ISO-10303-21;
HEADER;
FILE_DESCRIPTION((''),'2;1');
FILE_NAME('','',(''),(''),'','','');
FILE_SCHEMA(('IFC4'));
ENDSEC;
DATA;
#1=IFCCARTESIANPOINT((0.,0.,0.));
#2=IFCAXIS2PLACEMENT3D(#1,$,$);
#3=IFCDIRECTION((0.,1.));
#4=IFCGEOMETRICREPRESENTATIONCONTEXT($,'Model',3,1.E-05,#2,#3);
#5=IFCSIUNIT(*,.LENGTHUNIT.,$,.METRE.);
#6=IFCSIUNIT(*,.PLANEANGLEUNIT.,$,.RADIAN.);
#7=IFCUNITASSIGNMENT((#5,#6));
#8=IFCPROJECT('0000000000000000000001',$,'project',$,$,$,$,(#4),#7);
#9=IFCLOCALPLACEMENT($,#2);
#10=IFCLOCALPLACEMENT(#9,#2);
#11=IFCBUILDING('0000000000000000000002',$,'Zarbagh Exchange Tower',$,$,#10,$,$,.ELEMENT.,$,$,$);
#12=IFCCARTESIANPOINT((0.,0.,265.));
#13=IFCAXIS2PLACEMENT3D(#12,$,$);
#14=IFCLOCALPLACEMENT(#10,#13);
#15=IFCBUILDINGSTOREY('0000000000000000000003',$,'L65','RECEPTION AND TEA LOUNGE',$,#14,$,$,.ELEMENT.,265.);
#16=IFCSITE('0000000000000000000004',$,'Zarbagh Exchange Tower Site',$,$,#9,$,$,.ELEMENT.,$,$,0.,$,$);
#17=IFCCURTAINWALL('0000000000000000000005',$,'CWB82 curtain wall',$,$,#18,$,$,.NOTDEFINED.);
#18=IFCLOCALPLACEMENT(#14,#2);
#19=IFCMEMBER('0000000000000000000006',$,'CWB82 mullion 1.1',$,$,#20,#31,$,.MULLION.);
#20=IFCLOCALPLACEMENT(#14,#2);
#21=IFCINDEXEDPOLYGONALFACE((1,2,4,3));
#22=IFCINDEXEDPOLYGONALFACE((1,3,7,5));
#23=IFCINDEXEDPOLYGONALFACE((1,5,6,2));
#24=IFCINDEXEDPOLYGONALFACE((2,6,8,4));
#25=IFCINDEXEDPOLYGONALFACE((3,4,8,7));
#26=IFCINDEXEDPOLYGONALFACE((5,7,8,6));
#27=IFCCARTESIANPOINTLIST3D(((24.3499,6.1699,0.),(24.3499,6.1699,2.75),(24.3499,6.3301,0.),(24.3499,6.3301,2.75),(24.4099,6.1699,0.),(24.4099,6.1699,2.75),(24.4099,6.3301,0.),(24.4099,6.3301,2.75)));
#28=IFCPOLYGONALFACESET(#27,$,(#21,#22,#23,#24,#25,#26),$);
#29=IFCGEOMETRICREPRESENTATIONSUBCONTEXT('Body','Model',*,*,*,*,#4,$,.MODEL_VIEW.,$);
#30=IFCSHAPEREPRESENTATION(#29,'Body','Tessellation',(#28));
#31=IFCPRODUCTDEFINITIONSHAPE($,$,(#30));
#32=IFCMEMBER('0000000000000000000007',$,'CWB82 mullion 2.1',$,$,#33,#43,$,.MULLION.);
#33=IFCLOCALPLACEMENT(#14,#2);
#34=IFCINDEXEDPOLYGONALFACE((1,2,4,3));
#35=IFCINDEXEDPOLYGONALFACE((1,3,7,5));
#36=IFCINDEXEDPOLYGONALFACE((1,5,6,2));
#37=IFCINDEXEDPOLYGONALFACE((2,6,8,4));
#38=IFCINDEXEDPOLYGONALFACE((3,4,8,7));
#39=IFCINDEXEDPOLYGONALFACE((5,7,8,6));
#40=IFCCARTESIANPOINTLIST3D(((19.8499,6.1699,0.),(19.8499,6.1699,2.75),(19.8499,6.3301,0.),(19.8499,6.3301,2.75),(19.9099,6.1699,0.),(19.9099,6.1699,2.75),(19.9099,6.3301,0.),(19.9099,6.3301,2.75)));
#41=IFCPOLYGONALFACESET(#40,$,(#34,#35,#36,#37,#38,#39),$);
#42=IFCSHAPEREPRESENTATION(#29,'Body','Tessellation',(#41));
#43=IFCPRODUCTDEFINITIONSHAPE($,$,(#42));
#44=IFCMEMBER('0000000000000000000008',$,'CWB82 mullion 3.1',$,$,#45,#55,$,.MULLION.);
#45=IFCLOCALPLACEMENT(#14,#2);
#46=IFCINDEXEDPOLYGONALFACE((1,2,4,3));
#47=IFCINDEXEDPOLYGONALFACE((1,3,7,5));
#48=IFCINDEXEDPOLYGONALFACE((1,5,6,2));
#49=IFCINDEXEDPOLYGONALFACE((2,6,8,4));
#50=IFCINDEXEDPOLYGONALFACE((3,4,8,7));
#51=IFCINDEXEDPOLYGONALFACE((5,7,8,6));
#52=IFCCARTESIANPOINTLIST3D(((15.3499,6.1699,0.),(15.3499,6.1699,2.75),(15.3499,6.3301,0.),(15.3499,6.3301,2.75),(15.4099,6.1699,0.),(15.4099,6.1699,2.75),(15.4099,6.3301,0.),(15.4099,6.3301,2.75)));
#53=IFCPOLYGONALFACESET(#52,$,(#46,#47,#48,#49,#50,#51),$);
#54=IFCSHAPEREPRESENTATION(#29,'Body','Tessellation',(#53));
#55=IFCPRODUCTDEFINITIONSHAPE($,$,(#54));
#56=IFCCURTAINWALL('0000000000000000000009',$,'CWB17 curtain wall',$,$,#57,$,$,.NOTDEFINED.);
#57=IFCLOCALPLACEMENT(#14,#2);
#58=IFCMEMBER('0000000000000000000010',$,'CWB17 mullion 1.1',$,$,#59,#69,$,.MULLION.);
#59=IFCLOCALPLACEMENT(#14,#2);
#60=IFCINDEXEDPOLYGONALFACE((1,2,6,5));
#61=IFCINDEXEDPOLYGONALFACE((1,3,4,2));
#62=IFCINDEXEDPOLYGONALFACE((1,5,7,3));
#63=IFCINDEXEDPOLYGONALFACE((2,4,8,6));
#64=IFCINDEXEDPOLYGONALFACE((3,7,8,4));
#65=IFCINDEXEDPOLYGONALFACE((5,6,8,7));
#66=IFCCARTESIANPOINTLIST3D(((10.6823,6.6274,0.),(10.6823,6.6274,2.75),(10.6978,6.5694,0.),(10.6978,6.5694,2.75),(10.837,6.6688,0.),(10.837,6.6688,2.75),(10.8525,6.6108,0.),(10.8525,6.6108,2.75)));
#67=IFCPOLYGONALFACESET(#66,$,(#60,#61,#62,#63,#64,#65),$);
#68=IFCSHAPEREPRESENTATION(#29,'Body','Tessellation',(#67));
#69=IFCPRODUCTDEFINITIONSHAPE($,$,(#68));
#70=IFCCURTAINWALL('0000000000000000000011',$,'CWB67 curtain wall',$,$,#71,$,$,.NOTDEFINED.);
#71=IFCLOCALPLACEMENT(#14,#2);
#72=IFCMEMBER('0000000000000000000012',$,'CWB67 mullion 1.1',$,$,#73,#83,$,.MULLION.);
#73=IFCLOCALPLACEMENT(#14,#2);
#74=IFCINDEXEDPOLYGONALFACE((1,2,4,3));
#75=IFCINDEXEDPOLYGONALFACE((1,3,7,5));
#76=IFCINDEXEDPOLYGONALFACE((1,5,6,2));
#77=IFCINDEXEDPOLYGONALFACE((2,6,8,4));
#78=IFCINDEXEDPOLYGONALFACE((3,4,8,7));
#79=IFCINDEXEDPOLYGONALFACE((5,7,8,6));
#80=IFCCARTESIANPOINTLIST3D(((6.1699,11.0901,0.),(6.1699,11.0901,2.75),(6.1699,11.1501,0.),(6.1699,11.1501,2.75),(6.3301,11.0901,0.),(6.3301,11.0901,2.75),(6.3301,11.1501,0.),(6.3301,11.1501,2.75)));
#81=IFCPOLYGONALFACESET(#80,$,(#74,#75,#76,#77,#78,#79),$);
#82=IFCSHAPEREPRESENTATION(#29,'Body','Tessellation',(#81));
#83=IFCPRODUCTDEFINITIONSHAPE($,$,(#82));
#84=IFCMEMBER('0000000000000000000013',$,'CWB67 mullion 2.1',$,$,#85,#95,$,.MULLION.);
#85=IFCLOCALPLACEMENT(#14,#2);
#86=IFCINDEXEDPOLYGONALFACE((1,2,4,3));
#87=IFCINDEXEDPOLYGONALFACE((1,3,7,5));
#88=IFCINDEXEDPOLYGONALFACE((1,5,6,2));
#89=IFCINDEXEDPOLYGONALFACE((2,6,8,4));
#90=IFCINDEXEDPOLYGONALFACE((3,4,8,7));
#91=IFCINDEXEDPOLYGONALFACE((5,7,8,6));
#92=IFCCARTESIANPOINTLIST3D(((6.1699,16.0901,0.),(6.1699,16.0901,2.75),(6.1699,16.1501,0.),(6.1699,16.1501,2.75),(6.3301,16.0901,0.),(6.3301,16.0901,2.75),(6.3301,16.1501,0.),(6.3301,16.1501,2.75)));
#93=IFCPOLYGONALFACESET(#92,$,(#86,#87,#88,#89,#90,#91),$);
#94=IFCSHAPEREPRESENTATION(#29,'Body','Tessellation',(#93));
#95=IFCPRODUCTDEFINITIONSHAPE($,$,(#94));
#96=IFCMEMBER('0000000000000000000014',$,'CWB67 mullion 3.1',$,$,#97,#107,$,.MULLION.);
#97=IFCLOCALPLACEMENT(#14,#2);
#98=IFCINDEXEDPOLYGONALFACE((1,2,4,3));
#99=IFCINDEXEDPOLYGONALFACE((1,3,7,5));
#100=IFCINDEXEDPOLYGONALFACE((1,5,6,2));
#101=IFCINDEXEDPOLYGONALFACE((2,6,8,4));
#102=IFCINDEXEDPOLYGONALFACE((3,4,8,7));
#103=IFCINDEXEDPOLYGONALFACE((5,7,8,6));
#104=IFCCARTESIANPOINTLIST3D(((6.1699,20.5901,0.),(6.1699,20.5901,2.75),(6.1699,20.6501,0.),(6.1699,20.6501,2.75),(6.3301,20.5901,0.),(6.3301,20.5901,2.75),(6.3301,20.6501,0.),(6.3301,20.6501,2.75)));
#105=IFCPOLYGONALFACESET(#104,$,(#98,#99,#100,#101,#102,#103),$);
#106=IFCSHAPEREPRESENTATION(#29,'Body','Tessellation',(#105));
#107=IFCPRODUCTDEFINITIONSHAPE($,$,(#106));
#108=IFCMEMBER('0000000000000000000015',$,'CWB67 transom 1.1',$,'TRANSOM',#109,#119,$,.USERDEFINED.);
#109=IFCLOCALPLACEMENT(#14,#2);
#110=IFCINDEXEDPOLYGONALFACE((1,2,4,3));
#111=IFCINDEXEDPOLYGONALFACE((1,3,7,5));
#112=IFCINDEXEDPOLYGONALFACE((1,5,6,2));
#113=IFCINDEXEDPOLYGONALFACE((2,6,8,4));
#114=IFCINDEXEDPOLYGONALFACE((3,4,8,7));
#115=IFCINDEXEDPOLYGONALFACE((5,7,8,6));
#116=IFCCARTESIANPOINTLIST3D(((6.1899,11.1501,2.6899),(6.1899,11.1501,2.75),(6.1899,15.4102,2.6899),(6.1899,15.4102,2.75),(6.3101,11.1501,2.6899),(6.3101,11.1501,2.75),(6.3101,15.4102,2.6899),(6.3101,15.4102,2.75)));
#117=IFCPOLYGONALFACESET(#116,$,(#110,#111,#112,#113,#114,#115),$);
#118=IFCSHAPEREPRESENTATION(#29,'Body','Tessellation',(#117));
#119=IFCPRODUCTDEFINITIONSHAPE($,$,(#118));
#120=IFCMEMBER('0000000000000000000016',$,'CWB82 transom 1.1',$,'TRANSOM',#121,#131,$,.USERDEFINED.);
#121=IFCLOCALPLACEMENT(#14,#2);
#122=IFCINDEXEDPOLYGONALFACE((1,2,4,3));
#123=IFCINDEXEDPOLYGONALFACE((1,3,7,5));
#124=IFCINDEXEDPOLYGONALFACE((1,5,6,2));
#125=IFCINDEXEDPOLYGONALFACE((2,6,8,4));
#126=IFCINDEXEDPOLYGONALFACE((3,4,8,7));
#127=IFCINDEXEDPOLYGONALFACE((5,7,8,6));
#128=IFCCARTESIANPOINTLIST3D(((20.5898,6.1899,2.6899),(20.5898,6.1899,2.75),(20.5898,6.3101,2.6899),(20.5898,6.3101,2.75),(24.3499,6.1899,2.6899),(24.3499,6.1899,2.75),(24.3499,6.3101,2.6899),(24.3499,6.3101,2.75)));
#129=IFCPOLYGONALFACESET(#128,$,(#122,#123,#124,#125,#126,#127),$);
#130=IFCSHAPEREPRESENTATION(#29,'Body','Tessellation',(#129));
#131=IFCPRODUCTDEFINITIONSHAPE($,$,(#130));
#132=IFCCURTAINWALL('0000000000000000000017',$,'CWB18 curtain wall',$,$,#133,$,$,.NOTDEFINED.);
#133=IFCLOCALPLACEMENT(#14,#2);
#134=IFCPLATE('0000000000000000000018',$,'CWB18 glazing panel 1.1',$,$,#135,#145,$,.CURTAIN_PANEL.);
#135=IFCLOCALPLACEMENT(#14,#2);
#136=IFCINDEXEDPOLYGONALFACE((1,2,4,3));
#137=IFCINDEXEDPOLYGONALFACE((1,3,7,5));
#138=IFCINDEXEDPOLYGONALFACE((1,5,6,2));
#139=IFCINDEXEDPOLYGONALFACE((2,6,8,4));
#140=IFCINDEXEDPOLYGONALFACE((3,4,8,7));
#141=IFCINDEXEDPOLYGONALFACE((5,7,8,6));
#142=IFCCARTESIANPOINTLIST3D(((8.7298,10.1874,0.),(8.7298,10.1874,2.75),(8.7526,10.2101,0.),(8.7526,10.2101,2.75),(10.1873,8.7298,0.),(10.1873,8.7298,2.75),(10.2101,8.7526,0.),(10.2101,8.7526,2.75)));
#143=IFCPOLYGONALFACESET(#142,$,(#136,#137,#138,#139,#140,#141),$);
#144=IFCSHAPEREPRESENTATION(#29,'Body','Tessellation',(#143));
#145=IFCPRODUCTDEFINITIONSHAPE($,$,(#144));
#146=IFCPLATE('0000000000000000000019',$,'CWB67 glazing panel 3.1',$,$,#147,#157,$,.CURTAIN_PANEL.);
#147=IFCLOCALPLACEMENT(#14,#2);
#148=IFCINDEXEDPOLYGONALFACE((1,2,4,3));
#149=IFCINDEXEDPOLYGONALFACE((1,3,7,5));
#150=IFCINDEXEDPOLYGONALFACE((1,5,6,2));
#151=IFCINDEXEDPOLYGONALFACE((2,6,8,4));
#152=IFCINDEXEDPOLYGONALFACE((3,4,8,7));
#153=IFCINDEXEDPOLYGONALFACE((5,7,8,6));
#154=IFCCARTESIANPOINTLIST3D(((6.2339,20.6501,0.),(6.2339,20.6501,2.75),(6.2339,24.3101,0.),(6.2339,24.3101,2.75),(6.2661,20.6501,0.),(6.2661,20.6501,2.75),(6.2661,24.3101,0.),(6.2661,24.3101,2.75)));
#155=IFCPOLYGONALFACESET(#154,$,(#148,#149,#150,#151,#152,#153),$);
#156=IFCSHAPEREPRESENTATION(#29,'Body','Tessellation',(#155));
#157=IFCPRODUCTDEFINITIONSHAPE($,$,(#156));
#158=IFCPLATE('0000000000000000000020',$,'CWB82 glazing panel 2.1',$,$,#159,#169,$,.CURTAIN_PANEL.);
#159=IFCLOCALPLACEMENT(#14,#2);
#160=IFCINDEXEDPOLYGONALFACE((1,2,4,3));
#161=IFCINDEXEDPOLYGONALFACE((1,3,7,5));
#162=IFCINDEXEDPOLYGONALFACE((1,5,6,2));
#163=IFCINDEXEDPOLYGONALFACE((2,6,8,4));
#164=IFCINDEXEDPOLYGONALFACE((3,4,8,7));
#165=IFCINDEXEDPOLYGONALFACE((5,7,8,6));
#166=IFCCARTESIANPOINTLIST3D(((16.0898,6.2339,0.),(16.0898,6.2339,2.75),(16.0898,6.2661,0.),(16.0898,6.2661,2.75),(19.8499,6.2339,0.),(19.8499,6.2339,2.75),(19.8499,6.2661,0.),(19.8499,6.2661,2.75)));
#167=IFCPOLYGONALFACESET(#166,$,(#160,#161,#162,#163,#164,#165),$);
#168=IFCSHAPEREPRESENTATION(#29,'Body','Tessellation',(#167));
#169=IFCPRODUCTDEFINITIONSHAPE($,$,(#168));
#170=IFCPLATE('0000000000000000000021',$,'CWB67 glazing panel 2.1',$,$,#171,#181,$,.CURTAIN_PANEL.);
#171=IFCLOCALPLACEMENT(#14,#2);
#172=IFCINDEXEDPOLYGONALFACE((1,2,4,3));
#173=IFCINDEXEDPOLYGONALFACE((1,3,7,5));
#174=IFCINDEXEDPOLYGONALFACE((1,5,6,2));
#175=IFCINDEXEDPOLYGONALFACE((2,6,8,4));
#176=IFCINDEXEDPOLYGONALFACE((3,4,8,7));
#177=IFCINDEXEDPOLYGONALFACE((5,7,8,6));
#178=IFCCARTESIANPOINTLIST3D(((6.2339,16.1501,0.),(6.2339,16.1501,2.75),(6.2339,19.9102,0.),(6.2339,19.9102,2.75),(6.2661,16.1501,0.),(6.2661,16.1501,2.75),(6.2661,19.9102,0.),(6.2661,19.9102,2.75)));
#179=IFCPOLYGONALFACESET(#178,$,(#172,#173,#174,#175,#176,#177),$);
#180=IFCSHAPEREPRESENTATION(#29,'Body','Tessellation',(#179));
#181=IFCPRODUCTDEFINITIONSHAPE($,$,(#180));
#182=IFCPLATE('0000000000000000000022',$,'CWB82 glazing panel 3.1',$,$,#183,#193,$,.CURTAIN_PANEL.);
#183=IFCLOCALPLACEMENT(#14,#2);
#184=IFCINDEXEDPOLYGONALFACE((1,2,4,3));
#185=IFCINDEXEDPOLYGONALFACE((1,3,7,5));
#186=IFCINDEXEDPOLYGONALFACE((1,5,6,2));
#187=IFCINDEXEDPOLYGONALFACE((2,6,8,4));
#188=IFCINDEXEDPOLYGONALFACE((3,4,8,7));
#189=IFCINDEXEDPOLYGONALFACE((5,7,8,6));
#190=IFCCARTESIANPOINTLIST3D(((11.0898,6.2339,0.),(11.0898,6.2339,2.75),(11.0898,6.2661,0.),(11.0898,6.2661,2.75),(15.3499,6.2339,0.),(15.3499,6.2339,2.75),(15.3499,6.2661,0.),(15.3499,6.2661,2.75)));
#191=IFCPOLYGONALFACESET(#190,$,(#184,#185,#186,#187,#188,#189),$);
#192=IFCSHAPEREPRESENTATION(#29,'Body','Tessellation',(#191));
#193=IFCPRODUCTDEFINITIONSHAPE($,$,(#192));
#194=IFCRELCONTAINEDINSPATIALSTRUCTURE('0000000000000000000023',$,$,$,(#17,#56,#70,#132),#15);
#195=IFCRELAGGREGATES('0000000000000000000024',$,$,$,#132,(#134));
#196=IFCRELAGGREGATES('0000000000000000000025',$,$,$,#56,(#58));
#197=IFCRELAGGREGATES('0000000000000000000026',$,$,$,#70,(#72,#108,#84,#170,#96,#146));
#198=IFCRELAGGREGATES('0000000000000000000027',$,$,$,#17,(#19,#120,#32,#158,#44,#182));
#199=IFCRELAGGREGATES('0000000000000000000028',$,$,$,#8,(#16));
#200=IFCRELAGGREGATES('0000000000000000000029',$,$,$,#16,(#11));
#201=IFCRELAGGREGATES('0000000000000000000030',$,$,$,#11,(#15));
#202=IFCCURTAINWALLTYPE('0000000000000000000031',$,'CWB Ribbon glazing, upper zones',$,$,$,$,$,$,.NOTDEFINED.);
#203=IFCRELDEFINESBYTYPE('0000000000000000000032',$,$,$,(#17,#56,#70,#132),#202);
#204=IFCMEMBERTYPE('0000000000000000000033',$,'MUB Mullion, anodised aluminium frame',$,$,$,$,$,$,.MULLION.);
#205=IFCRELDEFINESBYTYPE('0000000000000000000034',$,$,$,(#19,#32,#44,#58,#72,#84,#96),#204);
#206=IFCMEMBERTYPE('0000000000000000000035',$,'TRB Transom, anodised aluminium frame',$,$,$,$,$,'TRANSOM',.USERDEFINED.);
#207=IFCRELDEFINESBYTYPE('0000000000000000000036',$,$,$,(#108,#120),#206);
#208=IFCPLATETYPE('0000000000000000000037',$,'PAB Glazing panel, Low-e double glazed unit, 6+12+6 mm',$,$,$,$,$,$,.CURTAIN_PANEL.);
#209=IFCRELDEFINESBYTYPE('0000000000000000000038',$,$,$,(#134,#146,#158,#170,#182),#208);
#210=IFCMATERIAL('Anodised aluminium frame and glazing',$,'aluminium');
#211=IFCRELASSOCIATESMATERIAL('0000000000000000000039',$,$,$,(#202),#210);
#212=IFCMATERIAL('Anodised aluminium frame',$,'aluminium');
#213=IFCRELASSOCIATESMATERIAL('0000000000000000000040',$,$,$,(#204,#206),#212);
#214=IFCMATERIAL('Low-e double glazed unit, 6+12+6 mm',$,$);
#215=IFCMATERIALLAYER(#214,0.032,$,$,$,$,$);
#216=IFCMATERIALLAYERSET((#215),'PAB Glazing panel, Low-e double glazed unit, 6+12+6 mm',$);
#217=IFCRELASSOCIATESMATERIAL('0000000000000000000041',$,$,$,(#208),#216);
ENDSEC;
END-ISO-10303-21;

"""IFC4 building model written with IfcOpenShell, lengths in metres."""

from ifc_helpers import new_model, si_unit, direction, frame, origin, place, context, subcontext, project, spatial, polyline, outline, extrude, source, transform, mapped, material, layer, layer_set, type_object, element, aggregate, save


model = new_model("IFC4")

# Units and contexts
model_context = context("Model", 3, precision=1e-05, world=origin(), true_north=direction((0.0, 1.0)))
body_context = subcontext(model_context, "Body", "Model", "MODEL_VIEW")
ifc_project = project(units=[si_unit("LENGTHUNIT", "METRE"), si_unit("PLANEANGLEUNIT", "RADIAN")], contexts=[model_context])

# Site, building, storey
site_placement = place(None, origin())
site = spatial("IfcSite", under=ifc_project, at=site_placement, Name="Zarbagh Exchange Tower Site", CompositionType="ELEMENT", RefElevation=0.0)
building_placement = place(site_placement, origin())
building = spatial("IfcBuilding", under=site, at=building_placement, Name="Zarbagh Exchange Tower", CompositionType="ELEMENT")
storey_placement = place(building_placement, frame((0.0, 0.0, 265.0)))
storey = spatial("IfcBuildingStorey", under=building, at=storey_placement, Name="L65", Description="RECEPTION AND TEA LOUNGE", CompositionType="ELEMENT", Elevation=265.0)

# Curtain wall, members
ifc_material_1 = material(Name="Anodised aluminium frame and glazing", Category="aluminium")
curtain_wall_type = type_object("IfcCurtainWallType", Name="CWB Ribbon glazing, upper zones", PredefinedType="NOTDEFINED", material=ifc_material_1)
curtain_wall_1_placement = place(storey_placement, origin())
curtain_wall_1 = element("IfcCurtainWall", 1, at=curtain_wall_1_placement, inside=storey, type_object=curtain_wall_type, Name="CWB82 curtain wall", PredefinedType="NOTDEFINED")
ifc_material_2 = material(Name="Anodised aluminium frame", Category="aluminium")
member_type_1 = type_object("IfcMemberType", Name="MUB Mullion, anodised aluminium frame", PredefinedType="MULLION", material=ifc_material_2)
shared_shape_1 = source(origin(), body_context, "Body", "SweptSolid", [
    extrude(outline(polyline([(0.0, -0.0801), (0.0601, -0.0801), (0.0601, 0.0801), (0.0, 0.0801), (0.0, -0.0801)])), origin(), (0.0, 0.0, 1.0), 2.75),
])
placement = place(storey_placement, origin())
member_1 = element("IfcMember", 2, at=placement, type_object=member_type_1, Name="CWB82 mullion 1.1", PredefinedType="MULLION", context=body_context, shape_type="MappedRepresentation", body=[
    mapped(shared_shape_1, transform((24.4099, 6.25, 0.0), x_axis=(-1.0, 0.0, 0.0), y_axis=(0.0, -1.0, 0.0), z_axis=(0.0, 0.0, 1.0))),
])
member_2 = element("IfcMember", 3, at=placement, type_object=member_type_1, Name="CWB82 mullion 2.1", PredefinedType="MULLION", context=body_context, shape_type="MappedRepresentation", body=[
    mapped(shared_shape_1, transform((19.9099, 6.25, 0.0), x_axis=(-1.0, 0.0, 0.0), y_axis=(0.0, -1.0, 0.0), z_axis=(0.0, 0.0, 1.0))),
])
member_3 = element("IfcMember", 4, at=placement, type_object=member_type_1, Name="CWB82 mullion 3.1", PredefinedType="MULLION", context=body_context, shape_type="MappedRepresentation", body=[
    mapped(shared_shape_1, transform((15.4099, 6.25, 0.0), x_axis=(-1.0, 0.0, 0.0), y_axis=(0.0, -1.0, 0.0), z_axis=(0.0, 0.0, 1.0))),
])

# Curtain wall, member
curtain_wall_2_placement = place(storey_placement, origin())
curtain_wall_2 = element("IfcCurtainWall", 5, at=curtain_wall_2_placement, inside=storey, type_object=curtain_wall_type, Name="CWB17 curtain wall", PredefinedType="NOTDEFINED")
member_4 = element("IfcMember", 6, at=placement, type_object=member_type_1, Name="CWB17 mullion 1.1", PredefinedType="MULLION", context=body_context, shape_type="MappedRepresentation", body=[
    mapped(shared_shape_1, transform((10.7751, 6.5901, 0.0), x_axis=(-0.258825, 0.965924, 0.0), y_axis=(-0.965924, -0.258825, 0.0), z_axis=(0.0, 0.0, 1.0))),
])

# Curtain wall, members
curtain_wall_3_placement = place(storey_placement, origin())
curtain_wall_3 = element("IfcCurtainWall", 7, at=curtain_wall_3_placement, inside=storey, type_object=curtain_wall_type, Name="CWB67 curtain wall", PredefinedType="NOTDEFINED")
member_5 = element("IfcMember", 8, at=placement, type_object=member_type_1, Name="CWB67 mullion 1.1", PredefinedType="MULLION", context=body_context, shape_type="MappedRepresentation", body=[
    mapped(shared_shape_1, transform((6.25, 11.0901, 0.0), x_axis=(0.0, 1.0, 0.0), y_axis=(-1.0, 0.0, 0.0), z_axis=(0.0, 0.0, 1.0))),
])
member_6 = element("IfcMember", 9, at=placement, type_object=member_type_1, Name="CWB67 mullion 2.1", PredefinedType="MULLION", context=body_context, shape_type="MappedRepresentation", body=[
    mapped(shared_shape_1, transform((6.25, 16.0901, 0.0), x_axis=(0.0, 1.0, 0.0), y_axis=(-1.0, 0.0, 0.0), z_axis=(0.0, 0.0, 1.0))),
])
member_7 = element("IfcMember", 10, at=placement, type_object=member_type_1, Name="CWB67 mullion 3.1", PredefinedType="MULLION", context=body_context, shape_type="MappedRepresentation", body=[
    mapped(shared_shape_1, transform((6.25, 20.5901, 0.0), x_axis=(0.0, 1.0, 0.0), y_axis=(-1.0, 0.0, 0.0), z_axis=(0.0, 0.0, 1.0))),
])
member_type_2 = type_object("IfcMemberType", Name="TRB Transom, anodised aluminium frame", ElementType="TRANSOM", PredefinedType="USERDEFINED", material=ifc_material_2)
shared_shape_2 = source(origin(), body_context, "Body", "SweptSolid", [
    extrude(outline(polyline([(-0.0601, -0.0601), (0.0, -0.0601), (0.0, 0.0601), (-0.0601, 0.0601), (-0.0601, -0.0601)])), origin(), (0.0, 0.0, 1.0), 4.26),
])
member_8 = element("IfcMember", 11, at=placement, type_object=member_type_2, Name="CWB67 transom 1.1", ObjectType="TRANSOM", PredefinedType="USERDEFINED", context=body_context, shape_type="MappedRepresentation", body=[
    mapped(shared_shape_2, transform((6.25, 11.1501, 2.75), x_axis=(0.0, 0.0, 1.0), y_axis=(1.0, 0.0, 0.0), z_axis=(0.0, 1.0, 0.0))),
])

# Member
shared_shape_3 = source(origin(), body_context, "Body", "SweptSolid", [
    extrude(outline(polyline([(-0.0601, -0.0601), (0.0, -0.0601), (0.0, 0.0601), (-0.0601, 0.0601), (-0.0601, -0.0601)])), origin(), (0.0, 0.0, 1.0), 3.76),
])
member_9 = element("IfcMember", 12, at=placement, type_object=member_type_2, Name="CWB82 transom 1.1", ObjectType="TRANSOM", PredefinedType="USERDEFINED", context=body_context, shape_type="MappedRepresentation", body=[
    mapped(shared_shape_3, transform((24.3499, 6.25, 2.75), x_axis=(0.0, 0.0, 1.0), y_axis=(0.0, 1.0, 0.0), z_axis=(-1.0, 0.0, 0.0))),
])

# Curtain wall, plate
curtain_wall_4_placement = place(storey_placement, origin())
curtain_wall_4 = element("IfcCurtainWall", 13, at=curtain_wall_4_placement, inside=storey, type_object=curtain_wall_type, Name="CWB18 curtain wall", PredefinedType="NOTDEFINED")
ifc_material_3 = material(Name="Low-e double glazed unit, 6+12+6 mm")
ifc_layer_1 = layer(ifc_material_3, 0.032)
ifc_layer_set_1 = layer_set([ifc_layer_1], Name="PAB Glazing panel, Low-e double glazed unit, 6+12+6 mm")
plate_type = type_object("IfcPlateType", Name="PAB Glazing panel, Low-e double glazed unit, 6+12+6 mm", PredefinedType="CURTAIN_PANEL", material=ifc_layer_set_1)
shared_shape_4 = source(origin(), body_context, "Body", "SweptSolid", [
    extrude(outline(polyline([(0.0, -0.0161), (2.0613, -0.0161), (2.0613, 0.0161), (0.0, 0.0161), (0.0, -0.0161)])), origin(), (0.0, 0.0, 1.0), 2.75),
])
plate_1 = element("IfcPlate", 14, at=placement, type_object=plate_type, Name="CWB18 glazing panel 1.1", PredefinedType="CURTAIN_PANEL", context=body_context, shape_type="MappedRepresentation", body=[
    mapped(shared_shape_4, transform((10.1987, 8.7412, 0.0), x_axis=(-0.707107, 0.707107, 0.0), y_axis=(-0.707107, -0.707107, 0.0), z_axis=(0.0, 0.0, 1.0))),
])
aggregate(curtain_wall_4, [plate_1])

# Plates
shared_shape_5 = source(origin(), body_context, "Body", "SweptSolid", [
    extrude(outline(polyline([(0.0, -0.0161), (3.6599, -0.0161), (3.6599, 0.0161), (0.0, 0.0161), (0.0, -0.0161)])), origin(), (0.0, 0.0, 1.0), 2.75),
])
plate_2 = element("IfcPlate", 15, at=placement, type_object=plate_type, Name="CWB67 glazing panel 3.1", PredefinedType="CURTAIN_PANEL", context=body_context, shape_type="MappedRepresentation", body=[
    mapped(shared_shape_5, transform((6.25, 20.6501, 0.0), x_axis=(0.0, 1.0, 0.0), y_axis=(-1.0, 0.0, 0.0), z_axis=(0.0, 0.0, 1.0))),
])
shared_shape_6 = source(origin(), body_context, "Body", "SweptSolid", [
    extrude(outline(polyline([(0.0, -0.0161), (3.76, -0.0161), (3.76, 0.0161), (0.0, 0.0161), (0.0, -0.0161)])), origin(), (0.0, 0.0, 1.0), 2.75),
])
plate_3 = element("IfcPlate", 16, at=placement, type_object=plate_type, Name="CWB82 glazing panel 2.1", PredefinedType="CURTAIN_PANEL", context=body_context, shape_type="MappedRepresentation", body=[
    mapped(shared_shape_6, transform((19.8499, 6.25, 0.0), x_axis=(-1.0, 0.0, 0.0), y_axis=(0.0, -1.0, 0.0), z_axis=(0.0, 0.0, 1.0))),
])
plate_4 = element("IfcPlate", 17, at=placement, type_object=plate_type, Name="CWB67 glazing panel 2.1", PredefinedType="CURTAIN_PANEL", context=body_context, shape_type="MappedRepresentation", body=[
    mapped(shared_shape_6, transform((6.25, 16.1501, 0.0), x_axis=(0.0, 1.0, 0.0), y_axis=(-1.0, 0.0, 0.0), z_axis=(0.0, 0.0, 1.0))),
])
shared_shape_7 = source(origin(), body_context, "Body", "SweptSolid", [
    extrude(outline(polyline([(0.0, -0.0161), (4.26, -0.0161), (4.26, 0.0161), (0.0, 0.0161), (0.0, -0.0161)])), origin(), (0.0, 0.0, 1.0), 2.75),
])
plate_5 = element("IfcPlate", 18, at=placement, type_object=plate_type, Name="CWB82 glazing panel 3.1", PredefinedType="CURTAIN_PANEL", context=body_context, shape_type="MappedRepresentation", body=[
    mapped(shared_shape_7, transform((15.3499, 6.25, 0.0), x_axis=(-1.0, 0.0, 0.0), y_axis=(0.0, -1.0, 0.0), z_axis=(0.0, 0.0, 1.0))),
])
aggregate(curtain_wall_2, [member_4])

aggregate(curtain_wall_3, [member_5, member_8, member_6, plate_4, member_7, plate_2])
aggregate(curtain_wall_1, [member_1, member_9, member_2, plate_3, member_3, plate_5])

save(model, "model.ifc")
